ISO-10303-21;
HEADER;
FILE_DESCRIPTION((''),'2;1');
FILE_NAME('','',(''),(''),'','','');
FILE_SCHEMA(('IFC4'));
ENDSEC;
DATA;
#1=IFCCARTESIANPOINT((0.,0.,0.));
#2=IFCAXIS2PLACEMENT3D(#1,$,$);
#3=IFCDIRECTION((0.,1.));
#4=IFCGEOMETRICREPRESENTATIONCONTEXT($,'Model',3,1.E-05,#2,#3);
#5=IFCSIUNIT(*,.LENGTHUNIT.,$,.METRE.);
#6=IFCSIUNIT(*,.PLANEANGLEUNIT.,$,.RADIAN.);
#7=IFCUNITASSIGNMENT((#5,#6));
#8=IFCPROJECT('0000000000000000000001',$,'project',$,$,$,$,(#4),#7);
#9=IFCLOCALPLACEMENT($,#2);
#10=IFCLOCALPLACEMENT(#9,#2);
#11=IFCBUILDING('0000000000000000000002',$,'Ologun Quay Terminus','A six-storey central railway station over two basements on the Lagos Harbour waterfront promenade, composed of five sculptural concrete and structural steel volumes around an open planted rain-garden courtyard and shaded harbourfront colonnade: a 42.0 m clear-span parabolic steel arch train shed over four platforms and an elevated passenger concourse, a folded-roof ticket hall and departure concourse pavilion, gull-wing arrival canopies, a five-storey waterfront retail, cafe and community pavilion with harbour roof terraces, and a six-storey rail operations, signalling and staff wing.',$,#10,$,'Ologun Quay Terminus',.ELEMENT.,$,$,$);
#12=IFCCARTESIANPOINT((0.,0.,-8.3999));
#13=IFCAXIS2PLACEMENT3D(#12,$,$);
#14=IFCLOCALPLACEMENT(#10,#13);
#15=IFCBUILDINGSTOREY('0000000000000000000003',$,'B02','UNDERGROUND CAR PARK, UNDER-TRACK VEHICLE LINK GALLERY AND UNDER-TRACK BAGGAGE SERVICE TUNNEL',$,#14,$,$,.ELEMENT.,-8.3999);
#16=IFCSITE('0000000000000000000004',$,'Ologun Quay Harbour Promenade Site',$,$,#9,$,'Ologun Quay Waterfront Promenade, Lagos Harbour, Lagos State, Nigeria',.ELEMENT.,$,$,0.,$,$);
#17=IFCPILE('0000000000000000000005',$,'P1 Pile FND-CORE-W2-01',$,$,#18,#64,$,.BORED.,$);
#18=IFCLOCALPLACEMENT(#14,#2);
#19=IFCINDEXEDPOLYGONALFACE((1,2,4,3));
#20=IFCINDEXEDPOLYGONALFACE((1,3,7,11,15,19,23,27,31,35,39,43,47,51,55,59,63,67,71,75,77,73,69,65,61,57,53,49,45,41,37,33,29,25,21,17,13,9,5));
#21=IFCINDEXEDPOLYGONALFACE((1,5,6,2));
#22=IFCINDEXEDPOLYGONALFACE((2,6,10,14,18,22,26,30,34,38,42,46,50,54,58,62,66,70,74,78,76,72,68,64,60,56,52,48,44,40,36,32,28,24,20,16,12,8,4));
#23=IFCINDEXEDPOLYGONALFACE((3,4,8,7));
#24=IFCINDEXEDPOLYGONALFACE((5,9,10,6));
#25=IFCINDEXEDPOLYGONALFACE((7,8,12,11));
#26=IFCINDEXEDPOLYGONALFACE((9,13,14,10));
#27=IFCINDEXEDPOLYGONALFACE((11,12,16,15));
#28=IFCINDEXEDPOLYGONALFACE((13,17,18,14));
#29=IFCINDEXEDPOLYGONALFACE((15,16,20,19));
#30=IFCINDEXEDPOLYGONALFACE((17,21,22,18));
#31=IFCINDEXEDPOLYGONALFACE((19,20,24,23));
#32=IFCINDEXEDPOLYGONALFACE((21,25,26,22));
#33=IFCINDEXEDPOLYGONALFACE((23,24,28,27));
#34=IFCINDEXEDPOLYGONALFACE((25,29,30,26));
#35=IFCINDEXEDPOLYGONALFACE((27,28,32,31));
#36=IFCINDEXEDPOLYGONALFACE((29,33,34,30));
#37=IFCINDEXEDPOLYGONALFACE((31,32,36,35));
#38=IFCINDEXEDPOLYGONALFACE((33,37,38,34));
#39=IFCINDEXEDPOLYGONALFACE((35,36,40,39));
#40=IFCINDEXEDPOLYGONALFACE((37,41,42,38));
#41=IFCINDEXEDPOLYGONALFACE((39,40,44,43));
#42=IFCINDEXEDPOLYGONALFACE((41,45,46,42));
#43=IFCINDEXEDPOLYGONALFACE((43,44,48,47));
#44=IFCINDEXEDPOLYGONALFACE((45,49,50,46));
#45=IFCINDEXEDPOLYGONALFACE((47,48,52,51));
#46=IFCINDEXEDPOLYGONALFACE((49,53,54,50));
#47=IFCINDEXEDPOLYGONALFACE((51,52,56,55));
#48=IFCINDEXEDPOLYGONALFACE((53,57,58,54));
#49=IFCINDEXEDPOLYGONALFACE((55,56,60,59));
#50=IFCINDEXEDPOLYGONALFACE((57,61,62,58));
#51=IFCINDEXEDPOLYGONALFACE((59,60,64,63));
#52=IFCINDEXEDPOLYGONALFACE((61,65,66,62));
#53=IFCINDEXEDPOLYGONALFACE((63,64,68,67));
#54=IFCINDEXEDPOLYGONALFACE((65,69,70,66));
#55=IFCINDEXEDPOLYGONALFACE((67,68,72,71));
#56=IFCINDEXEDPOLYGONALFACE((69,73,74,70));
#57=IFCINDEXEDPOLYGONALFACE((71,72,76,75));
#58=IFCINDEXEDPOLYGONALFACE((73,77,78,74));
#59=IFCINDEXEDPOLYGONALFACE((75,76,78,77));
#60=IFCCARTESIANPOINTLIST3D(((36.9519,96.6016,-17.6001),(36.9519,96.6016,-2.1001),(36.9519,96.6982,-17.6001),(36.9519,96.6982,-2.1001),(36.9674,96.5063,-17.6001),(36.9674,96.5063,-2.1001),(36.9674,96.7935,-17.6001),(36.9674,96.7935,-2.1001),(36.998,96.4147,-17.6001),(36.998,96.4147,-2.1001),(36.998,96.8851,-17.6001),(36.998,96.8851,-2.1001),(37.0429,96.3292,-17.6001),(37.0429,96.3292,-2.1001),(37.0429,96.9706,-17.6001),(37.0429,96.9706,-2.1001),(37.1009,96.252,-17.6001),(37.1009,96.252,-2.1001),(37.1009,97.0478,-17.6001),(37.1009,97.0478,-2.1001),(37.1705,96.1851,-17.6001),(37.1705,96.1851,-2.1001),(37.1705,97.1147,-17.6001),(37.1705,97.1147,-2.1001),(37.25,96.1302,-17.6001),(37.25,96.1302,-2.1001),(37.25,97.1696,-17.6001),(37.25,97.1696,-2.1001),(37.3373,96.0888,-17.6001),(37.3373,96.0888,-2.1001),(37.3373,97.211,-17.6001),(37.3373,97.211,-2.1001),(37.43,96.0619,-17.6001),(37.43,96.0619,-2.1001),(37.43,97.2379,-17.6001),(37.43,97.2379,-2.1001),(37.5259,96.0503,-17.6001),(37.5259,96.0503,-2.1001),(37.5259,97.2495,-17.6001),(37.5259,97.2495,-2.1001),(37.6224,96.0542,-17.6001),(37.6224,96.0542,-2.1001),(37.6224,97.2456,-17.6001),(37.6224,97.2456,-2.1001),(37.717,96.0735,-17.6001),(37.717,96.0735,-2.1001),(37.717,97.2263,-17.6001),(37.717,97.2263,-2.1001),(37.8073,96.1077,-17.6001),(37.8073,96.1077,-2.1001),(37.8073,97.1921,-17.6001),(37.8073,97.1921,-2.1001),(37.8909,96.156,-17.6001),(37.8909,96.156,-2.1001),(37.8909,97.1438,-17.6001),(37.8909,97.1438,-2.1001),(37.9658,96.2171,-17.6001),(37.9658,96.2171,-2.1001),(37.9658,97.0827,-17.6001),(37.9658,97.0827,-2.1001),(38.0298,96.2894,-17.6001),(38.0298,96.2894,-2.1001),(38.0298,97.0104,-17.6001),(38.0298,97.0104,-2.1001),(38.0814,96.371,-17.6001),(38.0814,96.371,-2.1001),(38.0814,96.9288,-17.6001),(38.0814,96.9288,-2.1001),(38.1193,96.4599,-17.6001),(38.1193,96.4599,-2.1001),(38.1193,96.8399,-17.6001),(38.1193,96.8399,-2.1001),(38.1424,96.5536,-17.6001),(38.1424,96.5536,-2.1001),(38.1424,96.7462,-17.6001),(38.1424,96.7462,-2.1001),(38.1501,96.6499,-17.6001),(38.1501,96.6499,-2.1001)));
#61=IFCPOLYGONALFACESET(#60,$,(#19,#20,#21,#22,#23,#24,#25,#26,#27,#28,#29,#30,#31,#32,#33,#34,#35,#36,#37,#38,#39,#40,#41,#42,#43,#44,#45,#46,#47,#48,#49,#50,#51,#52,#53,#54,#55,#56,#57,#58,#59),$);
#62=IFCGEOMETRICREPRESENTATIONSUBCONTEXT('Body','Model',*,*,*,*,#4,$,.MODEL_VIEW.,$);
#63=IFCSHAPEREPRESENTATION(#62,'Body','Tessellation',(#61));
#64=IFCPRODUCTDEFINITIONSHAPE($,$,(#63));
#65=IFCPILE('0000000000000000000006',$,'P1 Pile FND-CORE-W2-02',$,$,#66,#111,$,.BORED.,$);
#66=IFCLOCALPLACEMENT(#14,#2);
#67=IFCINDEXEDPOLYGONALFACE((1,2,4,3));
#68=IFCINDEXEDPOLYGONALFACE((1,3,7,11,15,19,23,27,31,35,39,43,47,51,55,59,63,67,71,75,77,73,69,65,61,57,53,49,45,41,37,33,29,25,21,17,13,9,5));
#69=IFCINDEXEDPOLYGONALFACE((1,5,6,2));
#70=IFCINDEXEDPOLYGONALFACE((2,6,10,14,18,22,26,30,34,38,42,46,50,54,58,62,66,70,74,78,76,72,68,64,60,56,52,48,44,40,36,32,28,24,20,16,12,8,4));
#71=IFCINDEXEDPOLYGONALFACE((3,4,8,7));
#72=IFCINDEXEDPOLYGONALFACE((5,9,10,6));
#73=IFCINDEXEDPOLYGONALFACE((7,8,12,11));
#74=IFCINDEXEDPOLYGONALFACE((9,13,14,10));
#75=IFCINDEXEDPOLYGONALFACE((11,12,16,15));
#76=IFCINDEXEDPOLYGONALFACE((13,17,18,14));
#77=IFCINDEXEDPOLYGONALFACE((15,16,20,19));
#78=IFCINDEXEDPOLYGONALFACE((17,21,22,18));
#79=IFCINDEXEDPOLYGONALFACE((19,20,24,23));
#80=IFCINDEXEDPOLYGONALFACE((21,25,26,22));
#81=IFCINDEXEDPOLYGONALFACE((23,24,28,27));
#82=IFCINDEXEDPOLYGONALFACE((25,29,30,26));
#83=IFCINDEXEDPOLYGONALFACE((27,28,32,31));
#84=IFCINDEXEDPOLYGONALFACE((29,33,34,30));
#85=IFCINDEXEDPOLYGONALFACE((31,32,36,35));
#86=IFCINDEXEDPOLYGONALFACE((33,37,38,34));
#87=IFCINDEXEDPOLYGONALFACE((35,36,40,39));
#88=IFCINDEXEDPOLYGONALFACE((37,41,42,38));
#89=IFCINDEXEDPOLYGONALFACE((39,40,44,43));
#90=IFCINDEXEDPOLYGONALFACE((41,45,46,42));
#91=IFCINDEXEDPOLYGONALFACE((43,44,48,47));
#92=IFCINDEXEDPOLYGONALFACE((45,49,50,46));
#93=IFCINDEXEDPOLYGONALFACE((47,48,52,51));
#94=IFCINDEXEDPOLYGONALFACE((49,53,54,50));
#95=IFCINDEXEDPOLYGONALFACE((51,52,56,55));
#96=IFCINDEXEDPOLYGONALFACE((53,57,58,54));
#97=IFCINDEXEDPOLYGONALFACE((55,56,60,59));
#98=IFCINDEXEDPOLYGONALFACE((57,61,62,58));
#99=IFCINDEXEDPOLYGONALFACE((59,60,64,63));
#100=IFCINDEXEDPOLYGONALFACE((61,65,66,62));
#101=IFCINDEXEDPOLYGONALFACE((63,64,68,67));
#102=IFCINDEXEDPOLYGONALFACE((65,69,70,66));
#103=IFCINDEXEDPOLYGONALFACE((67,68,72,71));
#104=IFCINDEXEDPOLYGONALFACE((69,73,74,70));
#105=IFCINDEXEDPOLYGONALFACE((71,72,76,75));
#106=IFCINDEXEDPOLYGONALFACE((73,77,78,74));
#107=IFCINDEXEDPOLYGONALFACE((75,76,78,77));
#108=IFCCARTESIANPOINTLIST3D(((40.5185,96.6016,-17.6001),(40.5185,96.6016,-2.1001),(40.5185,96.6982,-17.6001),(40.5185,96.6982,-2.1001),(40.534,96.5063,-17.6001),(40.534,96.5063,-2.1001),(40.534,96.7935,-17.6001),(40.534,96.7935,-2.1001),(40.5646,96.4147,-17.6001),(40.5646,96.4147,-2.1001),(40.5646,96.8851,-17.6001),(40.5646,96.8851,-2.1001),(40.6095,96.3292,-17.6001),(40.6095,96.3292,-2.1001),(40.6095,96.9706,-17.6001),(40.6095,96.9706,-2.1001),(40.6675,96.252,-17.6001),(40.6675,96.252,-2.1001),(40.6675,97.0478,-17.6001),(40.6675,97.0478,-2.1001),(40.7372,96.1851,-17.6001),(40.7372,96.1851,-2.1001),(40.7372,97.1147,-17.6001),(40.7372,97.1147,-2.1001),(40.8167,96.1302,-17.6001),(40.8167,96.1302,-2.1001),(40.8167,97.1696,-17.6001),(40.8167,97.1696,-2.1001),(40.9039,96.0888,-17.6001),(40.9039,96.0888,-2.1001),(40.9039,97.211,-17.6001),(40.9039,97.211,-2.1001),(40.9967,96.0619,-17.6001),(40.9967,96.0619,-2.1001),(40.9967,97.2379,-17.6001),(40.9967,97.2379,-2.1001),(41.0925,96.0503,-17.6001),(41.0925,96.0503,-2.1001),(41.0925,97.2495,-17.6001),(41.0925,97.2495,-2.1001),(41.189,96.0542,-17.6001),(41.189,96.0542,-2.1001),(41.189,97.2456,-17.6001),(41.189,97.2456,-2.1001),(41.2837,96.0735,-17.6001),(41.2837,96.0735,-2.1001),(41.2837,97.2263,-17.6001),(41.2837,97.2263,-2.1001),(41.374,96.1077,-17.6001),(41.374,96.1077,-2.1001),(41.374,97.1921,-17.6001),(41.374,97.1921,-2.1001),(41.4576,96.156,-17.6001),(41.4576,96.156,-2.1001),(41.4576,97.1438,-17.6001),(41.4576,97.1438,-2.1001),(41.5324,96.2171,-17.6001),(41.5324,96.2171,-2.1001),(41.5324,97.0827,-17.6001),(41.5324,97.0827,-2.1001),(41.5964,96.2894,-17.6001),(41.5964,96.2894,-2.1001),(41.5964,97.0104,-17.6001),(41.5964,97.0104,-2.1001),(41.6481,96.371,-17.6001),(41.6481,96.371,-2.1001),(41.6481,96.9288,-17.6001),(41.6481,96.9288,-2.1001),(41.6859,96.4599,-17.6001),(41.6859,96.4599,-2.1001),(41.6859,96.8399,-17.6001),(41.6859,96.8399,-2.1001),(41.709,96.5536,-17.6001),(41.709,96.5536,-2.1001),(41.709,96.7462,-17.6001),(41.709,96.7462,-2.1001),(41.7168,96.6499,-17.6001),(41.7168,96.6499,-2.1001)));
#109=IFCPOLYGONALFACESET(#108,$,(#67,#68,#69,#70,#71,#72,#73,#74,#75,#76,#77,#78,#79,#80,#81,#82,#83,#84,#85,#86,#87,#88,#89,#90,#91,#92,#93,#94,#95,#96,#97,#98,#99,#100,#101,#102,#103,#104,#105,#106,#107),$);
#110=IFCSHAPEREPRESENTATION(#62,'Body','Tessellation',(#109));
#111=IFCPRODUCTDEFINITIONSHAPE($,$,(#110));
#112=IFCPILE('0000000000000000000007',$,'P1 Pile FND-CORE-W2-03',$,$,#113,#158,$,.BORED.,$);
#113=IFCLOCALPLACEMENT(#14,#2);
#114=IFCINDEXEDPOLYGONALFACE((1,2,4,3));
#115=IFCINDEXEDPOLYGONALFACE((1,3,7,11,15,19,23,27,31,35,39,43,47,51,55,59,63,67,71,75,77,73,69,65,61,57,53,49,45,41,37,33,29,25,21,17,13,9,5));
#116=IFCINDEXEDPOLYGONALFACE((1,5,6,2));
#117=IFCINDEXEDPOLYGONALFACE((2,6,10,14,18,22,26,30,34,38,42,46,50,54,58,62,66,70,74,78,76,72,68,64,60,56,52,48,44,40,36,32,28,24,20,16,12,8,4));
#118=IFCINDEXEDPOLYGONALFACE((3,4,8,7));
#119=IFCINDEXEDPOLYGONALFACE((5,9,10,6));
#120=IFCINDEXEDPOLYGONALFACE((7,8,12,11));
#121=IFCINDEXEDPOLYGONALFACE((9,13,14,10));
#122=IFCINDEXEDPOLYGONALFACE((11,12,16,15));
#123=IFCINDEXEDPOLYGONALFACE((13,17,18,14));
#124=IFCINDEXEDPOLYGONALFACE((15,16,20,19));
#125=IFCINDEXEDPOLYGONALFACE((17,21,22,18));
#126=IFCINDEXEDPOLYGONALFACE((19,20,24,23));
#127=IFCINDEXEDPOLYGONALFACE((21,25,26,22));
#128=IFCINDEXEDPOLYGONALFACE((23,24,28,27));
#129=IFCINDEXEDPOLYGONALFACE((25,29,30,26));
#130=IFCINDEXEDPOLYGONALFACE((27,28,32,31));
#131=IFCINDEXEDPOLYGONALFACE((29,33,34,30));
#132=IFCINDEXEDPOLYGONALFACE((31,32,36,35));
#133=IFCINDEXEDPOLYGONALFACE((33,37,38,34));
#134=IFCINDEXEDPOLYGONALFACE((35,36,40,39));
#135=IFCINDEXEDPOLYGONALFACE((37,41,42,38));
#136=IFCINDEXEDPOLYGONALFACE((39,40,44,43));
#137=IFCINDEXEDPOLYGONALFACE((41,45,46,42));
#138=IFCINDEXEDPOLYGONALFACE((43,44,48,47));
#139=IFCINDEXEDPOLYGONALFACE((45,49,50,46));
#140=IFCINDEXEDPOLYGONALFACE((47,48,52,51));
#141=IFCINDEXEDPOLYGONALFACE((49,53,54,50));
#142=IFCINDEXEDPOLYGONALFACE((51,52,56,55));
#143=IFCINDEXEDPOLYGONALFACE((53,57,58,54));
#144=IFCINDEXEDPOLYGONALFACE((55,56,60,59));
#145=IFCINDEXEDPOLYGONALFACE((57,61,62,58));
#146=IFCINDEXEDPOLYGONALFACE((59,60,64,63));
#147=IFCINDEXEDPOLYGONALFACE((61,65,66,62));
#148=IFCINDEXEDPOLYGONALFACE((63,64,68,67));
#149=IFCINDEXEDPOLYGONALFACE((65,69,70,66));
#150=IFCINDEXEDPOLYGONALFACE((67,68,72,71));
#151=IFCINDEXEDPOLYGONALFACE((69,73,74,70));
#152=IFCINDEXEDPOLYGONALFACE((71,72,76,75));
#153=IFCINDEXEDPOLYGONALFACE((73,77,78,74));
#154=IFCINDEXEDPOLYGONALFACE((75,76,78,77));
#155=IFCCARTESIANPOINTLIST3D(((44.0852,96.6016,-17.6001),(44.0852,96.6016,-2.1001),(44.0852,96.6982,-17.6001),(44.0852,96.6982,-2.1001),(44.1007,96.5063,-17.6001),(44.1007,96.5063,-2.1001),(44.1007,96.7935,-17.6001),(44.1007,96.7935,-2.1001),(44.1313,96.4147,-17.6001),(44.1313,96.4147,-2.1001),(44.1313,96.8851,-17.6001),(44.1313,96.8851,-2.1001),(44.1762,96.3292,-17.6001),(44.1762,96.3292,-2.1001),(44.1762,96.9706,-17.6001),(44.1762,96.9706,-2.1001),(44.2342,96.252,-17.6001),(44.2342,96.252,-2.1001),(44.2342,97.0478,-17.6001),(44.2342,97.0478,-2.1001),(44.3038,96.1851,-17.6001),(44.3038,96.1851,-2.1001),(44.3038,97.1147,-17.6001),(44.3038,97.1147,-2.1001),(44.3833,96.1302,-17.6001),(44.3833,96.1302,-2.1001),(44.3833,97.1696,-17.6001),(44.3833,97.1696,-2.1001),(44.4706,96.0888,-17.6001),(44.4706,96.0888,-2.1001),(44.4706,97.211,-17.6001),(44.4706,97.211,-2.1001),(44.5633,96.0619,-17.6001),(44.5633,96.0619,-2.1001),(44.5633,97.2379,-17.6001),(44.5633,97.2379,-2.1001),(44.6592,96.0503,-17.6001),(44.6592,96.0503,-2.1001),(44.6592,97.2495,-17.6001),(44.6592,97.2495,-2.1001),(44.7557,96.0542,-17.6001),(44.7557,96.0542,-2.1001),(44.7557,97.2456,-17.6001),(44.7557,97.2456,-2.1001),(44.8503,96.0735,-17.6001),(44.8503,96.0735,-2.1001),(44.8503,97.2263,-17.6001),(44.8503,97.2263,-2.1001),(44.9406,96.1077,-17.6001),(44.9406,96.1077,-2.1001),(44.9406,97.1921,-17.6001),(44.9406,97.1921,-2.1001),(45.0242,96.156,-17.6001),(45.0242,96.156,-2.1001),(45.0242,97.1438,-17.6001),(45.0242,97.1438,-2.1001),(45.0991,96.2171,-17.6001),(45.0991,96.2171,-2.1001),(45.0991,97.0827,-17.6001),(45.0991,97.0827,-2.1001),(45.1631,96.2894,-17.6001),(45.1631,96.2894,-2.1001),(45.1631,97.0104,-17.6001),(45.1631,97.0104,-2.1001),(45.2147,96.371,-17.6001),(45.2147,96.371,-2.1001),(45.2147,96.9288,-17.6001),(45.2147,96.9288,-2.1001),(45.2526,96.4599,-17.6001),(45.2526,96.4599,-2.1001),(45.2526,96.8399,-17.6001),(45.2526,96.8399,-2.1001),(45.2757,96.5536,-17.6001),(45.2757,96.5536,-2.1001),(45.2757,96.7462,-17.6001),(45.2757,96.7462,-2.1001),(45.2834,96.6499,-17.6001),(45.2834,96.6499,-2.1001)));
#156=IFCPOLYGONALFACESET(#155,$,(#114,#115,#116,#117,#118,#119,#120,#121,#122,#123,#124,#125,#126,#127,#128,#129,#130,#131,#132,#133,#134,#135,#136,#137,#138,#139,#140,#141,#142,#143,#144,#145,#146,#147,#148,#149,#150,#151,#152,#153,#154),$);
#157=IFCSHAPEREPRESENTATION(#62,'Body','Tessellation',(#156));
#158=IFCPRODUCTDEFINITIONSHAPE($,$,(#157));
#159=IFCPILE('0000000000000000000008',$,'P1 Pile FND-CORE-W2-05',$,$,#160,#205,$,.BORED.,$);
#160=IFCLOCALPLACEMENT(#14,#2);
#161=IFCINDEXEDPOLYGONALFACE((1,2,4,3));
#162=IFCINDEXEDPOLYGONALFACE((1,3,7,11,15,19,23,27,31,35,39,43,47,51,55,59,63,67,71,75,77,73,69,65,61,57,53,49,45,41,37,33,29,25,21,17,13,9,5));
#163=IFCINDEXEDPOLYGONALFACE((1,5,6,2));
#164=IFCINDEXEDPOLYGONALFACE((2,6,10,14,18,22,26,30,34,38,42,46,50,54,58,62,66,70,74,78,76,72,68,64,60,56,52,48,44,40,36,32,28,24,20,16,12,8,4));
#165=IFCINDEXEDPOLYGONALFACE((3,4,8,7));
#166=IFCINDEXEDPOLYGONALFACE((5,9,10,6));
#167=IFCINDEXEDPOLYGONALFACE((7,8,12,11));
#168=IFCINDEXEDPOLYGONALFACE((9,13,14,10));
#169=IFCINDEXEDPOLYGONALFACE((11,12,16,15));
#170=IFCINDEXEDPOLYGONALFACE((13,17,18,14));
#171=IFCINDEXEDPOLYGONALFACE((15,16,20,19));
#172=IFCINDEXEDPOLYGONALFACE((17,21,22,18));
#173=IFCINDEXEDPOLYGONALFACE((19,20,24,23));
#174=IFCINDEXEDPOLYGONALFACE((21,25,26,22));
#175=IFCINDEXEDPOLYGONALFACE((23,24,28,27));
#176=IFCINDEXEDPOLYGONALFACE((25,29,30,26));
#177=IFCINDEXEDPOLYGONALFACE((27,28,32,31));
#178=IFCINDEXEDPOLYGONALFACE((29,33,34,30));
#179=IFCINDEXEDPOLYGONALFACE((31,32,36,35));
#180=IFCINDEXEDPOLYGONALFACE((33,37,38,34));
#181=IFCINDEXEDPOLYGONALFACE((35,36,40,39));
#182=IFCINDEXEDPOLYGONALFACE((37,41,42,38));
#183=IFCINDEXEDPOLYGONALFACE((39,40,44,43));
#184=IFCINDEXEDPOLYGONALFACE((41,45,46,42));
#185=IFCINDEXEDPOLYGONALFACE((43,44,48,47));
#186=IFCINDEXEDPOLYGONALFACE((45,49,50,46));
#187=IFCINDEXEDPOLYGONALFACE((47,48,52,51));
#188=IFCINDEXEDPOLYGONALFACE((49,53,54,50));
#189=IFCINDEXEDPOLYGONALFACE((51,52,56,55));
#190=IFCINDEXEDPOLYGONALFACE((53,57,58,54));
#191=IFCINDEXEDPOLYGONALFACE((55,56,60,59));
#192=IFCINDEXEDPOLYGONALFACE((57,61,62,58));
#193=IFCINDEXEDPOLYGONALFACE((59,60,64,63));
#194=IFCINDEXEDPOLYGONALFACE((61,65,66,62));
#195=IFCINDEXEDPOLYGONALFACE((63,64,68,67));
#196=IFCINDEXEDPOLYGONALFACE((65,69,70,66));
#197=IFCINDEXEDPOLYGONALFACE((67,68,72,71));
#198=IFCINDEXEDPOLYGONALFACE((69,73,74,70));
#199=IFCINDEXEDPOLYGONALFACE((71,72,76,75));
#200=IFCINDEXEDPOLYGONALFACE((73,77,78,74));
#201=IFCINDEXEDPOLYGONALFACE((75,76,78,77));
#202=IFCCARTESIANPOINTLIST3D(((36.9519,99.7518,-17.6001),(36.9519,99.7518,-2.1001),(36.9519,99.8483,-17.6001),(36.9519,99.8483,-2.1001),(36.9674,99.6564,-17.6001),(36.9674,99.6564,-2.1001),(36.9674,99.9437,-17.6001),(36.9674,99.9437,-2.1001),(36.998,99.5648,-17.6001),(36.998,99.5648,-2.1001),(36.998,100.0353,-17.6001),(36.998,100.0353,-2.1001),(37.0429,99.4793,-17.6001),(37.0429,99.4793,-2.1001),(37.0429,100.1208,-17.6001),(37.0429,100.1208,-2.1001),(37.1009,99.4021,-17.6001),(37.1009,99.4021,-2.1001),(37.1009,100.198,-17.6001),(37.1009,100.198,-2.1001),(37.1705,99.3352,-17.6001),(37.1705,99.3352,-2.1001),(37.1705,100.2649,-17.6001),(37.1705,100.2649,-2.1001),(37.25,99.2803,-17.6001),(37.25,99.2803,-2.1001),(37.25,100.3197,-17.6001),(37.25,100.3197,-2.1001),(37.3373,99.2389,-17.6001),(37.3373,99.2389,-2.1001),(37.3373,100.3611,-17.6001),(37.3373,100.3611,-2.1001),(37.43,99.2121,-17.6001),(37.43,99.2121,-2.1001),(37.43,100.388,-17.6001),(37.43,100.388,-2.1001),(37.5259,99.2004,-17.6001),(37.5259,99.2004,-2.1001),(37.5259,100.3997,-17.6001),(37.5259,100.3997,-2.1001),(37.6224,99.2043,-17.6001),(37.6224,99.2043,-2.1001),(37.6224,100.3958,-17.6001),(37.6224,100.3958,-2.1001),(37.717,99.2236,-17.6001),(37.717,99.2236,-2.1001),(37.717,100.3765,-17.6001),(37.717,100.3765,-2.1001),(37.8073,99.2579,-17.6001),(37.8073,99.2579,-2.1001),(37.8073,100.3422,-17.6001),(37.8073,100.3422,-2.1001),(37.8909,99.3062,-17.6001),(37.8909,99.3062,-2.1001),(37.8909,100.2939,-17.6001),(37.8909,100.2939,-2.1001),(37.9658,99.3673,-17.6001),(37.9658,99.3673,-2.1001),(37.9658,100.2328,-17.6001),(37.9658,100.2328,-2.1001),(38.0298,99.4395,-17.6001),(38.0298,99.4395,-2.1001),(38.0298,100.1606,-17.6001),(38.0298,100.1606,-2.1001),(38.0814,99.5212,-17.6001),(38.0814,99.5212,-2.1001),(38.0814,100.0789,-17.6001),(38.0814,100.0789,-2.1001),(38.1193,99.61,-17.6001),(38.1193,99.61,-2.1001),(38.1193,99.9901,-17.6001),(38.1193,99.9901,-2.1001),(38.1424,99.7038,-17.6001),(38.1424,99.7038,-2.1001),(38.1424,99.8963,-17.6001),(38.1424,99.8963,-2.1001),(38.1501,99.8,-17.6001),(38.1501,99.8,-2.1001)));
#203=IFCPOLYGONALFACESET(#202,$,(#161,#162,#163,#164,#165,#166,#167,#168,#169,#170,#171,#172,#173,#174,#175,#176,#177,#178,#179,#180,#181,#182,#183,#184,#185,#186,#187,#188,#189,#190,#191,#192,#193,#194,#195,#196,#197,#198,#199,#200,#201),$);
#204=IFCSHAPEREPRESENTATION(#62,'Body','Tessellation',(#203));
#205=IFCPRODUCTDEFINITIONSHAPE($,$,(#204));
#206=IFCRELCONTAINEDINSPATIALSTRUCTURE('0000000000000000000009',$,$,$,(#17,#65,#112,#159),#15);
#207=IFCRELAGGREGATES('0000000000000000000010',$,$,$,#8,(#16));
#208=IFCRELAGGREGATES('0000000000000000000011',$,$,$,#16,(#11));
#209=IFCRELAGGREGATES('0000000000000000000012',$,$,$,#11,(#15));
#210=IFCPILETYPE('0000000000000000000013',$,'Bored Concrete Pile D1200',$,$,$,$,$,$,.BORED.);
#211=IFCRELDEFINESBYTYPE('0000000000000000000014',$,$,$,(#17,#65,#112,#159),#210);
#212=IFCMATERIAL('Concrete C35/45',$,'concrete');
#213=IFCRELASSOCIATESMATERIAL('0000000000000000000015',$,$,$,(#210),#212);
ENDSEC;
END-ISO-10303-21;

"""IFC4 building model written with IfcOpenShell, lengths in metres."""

from ifc_helpers import new_model, si_unit, direction, frame, origin, origin_2d, place, context, subcontext, project, spatial, circle, extrude, material, material_profile, profile_set, type_object, element, save


model = new_model("IFC4")

# Units and contexts
model_context = context("Model", 3, precision=1e-05, world=origin(), true_north=direction((0.0, 1.0)))
body_context = subcontext(model_context, "Body", "Model", "MODEL_VIEW")
ifc_project = project(units=[si_unit("LENGTHUNIT", "METRE"), si_unit("PLANEANGLEUNIT", "RADIAN")], contexts=[model_context])

# Site, building, storey
site_placement = place(None, origin())
site = spatial("IfcSite", under=ifc_project, at=site_placement, Name="Ologun Quay Harbour Promenade Site", LongName="Ologun Quay Waterfront Promenade, Lagos Harbour, Lagos State, Nigeria", CompositionType="ELEMENT", RefElevation=0.0)
building_placement = place(site_placement, origin())
building = spatial("IfcBuilding", under=site, at=building_placement, Name="Ologun Quay Terminus", Description="A six-storey central railway station over two basements on the Lagos Harbour waterfront promenade, composed of five sculptural concrete and structural steel volumes around an open planted rain-garden courtyard and shaded harbourfront colonnade: a 42.0 m clear-span parabolic steel arch train shed over four platforms and an elevated passenger concourse, a folded-roof ticket hall and departure concourse pavilion, gull-wing arrival canopies, a five-storey waterfront retail, cafe and community pavilion with harbour roof terraces, and a six-storey rail operations, signalling and staff wing.", LongName="Ologun Quay Terminus", CompositionType="ELEMENT")
storey_placement = place(building_placement, frame((0.0, 0.0, -8.3999)))
storey = spatial("IfcBuildingStorey", under=building, at=storey_placement, Name="B02", Description="UNDERGROUND CAR PARK, UNDER-TRACK VEHICLE LINK GALLERY AND UNDER-TRACK BAGGAGE SERVICE TUNNEL", CompositionType="ELEMENT", Elevation=-8.3999)

# Piles
ifc_material_1 = material(Name="Concrete C35/45", Category="concrete")
ifc_material_profile_1 = material_profile(ifc_material_1, circle(Radius=0.6001, at=origin_2d()), Name="PILE D1200")
ifc_profile_set_1 = profile_set([ifc_material_profile_1], Name="Concrete C35/45")
pile_type = type_object("IfcPileType", Name="Bored Concrete Pile D1200", PredefinedType="BORED", material=ifc_profile_set_1)
for number, where, z_axis, x_axis, name in (
    (1, (37.55, 96.6499, -2.1001), (0.0, 0.0, -1.0), (1.0, 0.0, 0.0), "P1 Pile FND-CORE-W2-01"),
    (2, (41.1167, 96.6499, -2.1001), (0.0, 0.0, -1.0), (1.0, 0.0, 0.0), "P1 Pile FND-CORE-W2-02"),
    (3, (44.6833, 96.6499, -2.1001), (0.0, 0.0, -1.0), (1.0, 0.0, 0.0), "P1 Pile FND-CORE-W2-03"),
    (4, (37.55, 99.8, -2.1001), (0.0, 0.0, -1.0), (1.0, 0.0, 0.0), "P1 Pile FND-CORE-W2-05"),
):
    element("IfcPile", number, at=place(storey_placement, frame(where, z_axis=z_axis, x_axis=x_axis)), inside=storey, type_object=pile_type, Name=name, PredefinedType="BORED", context=body_context, shape_type="SweptSolid", body=[
        extrude(circle(Radius=0.6001, at=origin_2d()), origin(), (0.0, 0.0, 1.0), 15.5),
    ])

save(model, "model.ifc")
